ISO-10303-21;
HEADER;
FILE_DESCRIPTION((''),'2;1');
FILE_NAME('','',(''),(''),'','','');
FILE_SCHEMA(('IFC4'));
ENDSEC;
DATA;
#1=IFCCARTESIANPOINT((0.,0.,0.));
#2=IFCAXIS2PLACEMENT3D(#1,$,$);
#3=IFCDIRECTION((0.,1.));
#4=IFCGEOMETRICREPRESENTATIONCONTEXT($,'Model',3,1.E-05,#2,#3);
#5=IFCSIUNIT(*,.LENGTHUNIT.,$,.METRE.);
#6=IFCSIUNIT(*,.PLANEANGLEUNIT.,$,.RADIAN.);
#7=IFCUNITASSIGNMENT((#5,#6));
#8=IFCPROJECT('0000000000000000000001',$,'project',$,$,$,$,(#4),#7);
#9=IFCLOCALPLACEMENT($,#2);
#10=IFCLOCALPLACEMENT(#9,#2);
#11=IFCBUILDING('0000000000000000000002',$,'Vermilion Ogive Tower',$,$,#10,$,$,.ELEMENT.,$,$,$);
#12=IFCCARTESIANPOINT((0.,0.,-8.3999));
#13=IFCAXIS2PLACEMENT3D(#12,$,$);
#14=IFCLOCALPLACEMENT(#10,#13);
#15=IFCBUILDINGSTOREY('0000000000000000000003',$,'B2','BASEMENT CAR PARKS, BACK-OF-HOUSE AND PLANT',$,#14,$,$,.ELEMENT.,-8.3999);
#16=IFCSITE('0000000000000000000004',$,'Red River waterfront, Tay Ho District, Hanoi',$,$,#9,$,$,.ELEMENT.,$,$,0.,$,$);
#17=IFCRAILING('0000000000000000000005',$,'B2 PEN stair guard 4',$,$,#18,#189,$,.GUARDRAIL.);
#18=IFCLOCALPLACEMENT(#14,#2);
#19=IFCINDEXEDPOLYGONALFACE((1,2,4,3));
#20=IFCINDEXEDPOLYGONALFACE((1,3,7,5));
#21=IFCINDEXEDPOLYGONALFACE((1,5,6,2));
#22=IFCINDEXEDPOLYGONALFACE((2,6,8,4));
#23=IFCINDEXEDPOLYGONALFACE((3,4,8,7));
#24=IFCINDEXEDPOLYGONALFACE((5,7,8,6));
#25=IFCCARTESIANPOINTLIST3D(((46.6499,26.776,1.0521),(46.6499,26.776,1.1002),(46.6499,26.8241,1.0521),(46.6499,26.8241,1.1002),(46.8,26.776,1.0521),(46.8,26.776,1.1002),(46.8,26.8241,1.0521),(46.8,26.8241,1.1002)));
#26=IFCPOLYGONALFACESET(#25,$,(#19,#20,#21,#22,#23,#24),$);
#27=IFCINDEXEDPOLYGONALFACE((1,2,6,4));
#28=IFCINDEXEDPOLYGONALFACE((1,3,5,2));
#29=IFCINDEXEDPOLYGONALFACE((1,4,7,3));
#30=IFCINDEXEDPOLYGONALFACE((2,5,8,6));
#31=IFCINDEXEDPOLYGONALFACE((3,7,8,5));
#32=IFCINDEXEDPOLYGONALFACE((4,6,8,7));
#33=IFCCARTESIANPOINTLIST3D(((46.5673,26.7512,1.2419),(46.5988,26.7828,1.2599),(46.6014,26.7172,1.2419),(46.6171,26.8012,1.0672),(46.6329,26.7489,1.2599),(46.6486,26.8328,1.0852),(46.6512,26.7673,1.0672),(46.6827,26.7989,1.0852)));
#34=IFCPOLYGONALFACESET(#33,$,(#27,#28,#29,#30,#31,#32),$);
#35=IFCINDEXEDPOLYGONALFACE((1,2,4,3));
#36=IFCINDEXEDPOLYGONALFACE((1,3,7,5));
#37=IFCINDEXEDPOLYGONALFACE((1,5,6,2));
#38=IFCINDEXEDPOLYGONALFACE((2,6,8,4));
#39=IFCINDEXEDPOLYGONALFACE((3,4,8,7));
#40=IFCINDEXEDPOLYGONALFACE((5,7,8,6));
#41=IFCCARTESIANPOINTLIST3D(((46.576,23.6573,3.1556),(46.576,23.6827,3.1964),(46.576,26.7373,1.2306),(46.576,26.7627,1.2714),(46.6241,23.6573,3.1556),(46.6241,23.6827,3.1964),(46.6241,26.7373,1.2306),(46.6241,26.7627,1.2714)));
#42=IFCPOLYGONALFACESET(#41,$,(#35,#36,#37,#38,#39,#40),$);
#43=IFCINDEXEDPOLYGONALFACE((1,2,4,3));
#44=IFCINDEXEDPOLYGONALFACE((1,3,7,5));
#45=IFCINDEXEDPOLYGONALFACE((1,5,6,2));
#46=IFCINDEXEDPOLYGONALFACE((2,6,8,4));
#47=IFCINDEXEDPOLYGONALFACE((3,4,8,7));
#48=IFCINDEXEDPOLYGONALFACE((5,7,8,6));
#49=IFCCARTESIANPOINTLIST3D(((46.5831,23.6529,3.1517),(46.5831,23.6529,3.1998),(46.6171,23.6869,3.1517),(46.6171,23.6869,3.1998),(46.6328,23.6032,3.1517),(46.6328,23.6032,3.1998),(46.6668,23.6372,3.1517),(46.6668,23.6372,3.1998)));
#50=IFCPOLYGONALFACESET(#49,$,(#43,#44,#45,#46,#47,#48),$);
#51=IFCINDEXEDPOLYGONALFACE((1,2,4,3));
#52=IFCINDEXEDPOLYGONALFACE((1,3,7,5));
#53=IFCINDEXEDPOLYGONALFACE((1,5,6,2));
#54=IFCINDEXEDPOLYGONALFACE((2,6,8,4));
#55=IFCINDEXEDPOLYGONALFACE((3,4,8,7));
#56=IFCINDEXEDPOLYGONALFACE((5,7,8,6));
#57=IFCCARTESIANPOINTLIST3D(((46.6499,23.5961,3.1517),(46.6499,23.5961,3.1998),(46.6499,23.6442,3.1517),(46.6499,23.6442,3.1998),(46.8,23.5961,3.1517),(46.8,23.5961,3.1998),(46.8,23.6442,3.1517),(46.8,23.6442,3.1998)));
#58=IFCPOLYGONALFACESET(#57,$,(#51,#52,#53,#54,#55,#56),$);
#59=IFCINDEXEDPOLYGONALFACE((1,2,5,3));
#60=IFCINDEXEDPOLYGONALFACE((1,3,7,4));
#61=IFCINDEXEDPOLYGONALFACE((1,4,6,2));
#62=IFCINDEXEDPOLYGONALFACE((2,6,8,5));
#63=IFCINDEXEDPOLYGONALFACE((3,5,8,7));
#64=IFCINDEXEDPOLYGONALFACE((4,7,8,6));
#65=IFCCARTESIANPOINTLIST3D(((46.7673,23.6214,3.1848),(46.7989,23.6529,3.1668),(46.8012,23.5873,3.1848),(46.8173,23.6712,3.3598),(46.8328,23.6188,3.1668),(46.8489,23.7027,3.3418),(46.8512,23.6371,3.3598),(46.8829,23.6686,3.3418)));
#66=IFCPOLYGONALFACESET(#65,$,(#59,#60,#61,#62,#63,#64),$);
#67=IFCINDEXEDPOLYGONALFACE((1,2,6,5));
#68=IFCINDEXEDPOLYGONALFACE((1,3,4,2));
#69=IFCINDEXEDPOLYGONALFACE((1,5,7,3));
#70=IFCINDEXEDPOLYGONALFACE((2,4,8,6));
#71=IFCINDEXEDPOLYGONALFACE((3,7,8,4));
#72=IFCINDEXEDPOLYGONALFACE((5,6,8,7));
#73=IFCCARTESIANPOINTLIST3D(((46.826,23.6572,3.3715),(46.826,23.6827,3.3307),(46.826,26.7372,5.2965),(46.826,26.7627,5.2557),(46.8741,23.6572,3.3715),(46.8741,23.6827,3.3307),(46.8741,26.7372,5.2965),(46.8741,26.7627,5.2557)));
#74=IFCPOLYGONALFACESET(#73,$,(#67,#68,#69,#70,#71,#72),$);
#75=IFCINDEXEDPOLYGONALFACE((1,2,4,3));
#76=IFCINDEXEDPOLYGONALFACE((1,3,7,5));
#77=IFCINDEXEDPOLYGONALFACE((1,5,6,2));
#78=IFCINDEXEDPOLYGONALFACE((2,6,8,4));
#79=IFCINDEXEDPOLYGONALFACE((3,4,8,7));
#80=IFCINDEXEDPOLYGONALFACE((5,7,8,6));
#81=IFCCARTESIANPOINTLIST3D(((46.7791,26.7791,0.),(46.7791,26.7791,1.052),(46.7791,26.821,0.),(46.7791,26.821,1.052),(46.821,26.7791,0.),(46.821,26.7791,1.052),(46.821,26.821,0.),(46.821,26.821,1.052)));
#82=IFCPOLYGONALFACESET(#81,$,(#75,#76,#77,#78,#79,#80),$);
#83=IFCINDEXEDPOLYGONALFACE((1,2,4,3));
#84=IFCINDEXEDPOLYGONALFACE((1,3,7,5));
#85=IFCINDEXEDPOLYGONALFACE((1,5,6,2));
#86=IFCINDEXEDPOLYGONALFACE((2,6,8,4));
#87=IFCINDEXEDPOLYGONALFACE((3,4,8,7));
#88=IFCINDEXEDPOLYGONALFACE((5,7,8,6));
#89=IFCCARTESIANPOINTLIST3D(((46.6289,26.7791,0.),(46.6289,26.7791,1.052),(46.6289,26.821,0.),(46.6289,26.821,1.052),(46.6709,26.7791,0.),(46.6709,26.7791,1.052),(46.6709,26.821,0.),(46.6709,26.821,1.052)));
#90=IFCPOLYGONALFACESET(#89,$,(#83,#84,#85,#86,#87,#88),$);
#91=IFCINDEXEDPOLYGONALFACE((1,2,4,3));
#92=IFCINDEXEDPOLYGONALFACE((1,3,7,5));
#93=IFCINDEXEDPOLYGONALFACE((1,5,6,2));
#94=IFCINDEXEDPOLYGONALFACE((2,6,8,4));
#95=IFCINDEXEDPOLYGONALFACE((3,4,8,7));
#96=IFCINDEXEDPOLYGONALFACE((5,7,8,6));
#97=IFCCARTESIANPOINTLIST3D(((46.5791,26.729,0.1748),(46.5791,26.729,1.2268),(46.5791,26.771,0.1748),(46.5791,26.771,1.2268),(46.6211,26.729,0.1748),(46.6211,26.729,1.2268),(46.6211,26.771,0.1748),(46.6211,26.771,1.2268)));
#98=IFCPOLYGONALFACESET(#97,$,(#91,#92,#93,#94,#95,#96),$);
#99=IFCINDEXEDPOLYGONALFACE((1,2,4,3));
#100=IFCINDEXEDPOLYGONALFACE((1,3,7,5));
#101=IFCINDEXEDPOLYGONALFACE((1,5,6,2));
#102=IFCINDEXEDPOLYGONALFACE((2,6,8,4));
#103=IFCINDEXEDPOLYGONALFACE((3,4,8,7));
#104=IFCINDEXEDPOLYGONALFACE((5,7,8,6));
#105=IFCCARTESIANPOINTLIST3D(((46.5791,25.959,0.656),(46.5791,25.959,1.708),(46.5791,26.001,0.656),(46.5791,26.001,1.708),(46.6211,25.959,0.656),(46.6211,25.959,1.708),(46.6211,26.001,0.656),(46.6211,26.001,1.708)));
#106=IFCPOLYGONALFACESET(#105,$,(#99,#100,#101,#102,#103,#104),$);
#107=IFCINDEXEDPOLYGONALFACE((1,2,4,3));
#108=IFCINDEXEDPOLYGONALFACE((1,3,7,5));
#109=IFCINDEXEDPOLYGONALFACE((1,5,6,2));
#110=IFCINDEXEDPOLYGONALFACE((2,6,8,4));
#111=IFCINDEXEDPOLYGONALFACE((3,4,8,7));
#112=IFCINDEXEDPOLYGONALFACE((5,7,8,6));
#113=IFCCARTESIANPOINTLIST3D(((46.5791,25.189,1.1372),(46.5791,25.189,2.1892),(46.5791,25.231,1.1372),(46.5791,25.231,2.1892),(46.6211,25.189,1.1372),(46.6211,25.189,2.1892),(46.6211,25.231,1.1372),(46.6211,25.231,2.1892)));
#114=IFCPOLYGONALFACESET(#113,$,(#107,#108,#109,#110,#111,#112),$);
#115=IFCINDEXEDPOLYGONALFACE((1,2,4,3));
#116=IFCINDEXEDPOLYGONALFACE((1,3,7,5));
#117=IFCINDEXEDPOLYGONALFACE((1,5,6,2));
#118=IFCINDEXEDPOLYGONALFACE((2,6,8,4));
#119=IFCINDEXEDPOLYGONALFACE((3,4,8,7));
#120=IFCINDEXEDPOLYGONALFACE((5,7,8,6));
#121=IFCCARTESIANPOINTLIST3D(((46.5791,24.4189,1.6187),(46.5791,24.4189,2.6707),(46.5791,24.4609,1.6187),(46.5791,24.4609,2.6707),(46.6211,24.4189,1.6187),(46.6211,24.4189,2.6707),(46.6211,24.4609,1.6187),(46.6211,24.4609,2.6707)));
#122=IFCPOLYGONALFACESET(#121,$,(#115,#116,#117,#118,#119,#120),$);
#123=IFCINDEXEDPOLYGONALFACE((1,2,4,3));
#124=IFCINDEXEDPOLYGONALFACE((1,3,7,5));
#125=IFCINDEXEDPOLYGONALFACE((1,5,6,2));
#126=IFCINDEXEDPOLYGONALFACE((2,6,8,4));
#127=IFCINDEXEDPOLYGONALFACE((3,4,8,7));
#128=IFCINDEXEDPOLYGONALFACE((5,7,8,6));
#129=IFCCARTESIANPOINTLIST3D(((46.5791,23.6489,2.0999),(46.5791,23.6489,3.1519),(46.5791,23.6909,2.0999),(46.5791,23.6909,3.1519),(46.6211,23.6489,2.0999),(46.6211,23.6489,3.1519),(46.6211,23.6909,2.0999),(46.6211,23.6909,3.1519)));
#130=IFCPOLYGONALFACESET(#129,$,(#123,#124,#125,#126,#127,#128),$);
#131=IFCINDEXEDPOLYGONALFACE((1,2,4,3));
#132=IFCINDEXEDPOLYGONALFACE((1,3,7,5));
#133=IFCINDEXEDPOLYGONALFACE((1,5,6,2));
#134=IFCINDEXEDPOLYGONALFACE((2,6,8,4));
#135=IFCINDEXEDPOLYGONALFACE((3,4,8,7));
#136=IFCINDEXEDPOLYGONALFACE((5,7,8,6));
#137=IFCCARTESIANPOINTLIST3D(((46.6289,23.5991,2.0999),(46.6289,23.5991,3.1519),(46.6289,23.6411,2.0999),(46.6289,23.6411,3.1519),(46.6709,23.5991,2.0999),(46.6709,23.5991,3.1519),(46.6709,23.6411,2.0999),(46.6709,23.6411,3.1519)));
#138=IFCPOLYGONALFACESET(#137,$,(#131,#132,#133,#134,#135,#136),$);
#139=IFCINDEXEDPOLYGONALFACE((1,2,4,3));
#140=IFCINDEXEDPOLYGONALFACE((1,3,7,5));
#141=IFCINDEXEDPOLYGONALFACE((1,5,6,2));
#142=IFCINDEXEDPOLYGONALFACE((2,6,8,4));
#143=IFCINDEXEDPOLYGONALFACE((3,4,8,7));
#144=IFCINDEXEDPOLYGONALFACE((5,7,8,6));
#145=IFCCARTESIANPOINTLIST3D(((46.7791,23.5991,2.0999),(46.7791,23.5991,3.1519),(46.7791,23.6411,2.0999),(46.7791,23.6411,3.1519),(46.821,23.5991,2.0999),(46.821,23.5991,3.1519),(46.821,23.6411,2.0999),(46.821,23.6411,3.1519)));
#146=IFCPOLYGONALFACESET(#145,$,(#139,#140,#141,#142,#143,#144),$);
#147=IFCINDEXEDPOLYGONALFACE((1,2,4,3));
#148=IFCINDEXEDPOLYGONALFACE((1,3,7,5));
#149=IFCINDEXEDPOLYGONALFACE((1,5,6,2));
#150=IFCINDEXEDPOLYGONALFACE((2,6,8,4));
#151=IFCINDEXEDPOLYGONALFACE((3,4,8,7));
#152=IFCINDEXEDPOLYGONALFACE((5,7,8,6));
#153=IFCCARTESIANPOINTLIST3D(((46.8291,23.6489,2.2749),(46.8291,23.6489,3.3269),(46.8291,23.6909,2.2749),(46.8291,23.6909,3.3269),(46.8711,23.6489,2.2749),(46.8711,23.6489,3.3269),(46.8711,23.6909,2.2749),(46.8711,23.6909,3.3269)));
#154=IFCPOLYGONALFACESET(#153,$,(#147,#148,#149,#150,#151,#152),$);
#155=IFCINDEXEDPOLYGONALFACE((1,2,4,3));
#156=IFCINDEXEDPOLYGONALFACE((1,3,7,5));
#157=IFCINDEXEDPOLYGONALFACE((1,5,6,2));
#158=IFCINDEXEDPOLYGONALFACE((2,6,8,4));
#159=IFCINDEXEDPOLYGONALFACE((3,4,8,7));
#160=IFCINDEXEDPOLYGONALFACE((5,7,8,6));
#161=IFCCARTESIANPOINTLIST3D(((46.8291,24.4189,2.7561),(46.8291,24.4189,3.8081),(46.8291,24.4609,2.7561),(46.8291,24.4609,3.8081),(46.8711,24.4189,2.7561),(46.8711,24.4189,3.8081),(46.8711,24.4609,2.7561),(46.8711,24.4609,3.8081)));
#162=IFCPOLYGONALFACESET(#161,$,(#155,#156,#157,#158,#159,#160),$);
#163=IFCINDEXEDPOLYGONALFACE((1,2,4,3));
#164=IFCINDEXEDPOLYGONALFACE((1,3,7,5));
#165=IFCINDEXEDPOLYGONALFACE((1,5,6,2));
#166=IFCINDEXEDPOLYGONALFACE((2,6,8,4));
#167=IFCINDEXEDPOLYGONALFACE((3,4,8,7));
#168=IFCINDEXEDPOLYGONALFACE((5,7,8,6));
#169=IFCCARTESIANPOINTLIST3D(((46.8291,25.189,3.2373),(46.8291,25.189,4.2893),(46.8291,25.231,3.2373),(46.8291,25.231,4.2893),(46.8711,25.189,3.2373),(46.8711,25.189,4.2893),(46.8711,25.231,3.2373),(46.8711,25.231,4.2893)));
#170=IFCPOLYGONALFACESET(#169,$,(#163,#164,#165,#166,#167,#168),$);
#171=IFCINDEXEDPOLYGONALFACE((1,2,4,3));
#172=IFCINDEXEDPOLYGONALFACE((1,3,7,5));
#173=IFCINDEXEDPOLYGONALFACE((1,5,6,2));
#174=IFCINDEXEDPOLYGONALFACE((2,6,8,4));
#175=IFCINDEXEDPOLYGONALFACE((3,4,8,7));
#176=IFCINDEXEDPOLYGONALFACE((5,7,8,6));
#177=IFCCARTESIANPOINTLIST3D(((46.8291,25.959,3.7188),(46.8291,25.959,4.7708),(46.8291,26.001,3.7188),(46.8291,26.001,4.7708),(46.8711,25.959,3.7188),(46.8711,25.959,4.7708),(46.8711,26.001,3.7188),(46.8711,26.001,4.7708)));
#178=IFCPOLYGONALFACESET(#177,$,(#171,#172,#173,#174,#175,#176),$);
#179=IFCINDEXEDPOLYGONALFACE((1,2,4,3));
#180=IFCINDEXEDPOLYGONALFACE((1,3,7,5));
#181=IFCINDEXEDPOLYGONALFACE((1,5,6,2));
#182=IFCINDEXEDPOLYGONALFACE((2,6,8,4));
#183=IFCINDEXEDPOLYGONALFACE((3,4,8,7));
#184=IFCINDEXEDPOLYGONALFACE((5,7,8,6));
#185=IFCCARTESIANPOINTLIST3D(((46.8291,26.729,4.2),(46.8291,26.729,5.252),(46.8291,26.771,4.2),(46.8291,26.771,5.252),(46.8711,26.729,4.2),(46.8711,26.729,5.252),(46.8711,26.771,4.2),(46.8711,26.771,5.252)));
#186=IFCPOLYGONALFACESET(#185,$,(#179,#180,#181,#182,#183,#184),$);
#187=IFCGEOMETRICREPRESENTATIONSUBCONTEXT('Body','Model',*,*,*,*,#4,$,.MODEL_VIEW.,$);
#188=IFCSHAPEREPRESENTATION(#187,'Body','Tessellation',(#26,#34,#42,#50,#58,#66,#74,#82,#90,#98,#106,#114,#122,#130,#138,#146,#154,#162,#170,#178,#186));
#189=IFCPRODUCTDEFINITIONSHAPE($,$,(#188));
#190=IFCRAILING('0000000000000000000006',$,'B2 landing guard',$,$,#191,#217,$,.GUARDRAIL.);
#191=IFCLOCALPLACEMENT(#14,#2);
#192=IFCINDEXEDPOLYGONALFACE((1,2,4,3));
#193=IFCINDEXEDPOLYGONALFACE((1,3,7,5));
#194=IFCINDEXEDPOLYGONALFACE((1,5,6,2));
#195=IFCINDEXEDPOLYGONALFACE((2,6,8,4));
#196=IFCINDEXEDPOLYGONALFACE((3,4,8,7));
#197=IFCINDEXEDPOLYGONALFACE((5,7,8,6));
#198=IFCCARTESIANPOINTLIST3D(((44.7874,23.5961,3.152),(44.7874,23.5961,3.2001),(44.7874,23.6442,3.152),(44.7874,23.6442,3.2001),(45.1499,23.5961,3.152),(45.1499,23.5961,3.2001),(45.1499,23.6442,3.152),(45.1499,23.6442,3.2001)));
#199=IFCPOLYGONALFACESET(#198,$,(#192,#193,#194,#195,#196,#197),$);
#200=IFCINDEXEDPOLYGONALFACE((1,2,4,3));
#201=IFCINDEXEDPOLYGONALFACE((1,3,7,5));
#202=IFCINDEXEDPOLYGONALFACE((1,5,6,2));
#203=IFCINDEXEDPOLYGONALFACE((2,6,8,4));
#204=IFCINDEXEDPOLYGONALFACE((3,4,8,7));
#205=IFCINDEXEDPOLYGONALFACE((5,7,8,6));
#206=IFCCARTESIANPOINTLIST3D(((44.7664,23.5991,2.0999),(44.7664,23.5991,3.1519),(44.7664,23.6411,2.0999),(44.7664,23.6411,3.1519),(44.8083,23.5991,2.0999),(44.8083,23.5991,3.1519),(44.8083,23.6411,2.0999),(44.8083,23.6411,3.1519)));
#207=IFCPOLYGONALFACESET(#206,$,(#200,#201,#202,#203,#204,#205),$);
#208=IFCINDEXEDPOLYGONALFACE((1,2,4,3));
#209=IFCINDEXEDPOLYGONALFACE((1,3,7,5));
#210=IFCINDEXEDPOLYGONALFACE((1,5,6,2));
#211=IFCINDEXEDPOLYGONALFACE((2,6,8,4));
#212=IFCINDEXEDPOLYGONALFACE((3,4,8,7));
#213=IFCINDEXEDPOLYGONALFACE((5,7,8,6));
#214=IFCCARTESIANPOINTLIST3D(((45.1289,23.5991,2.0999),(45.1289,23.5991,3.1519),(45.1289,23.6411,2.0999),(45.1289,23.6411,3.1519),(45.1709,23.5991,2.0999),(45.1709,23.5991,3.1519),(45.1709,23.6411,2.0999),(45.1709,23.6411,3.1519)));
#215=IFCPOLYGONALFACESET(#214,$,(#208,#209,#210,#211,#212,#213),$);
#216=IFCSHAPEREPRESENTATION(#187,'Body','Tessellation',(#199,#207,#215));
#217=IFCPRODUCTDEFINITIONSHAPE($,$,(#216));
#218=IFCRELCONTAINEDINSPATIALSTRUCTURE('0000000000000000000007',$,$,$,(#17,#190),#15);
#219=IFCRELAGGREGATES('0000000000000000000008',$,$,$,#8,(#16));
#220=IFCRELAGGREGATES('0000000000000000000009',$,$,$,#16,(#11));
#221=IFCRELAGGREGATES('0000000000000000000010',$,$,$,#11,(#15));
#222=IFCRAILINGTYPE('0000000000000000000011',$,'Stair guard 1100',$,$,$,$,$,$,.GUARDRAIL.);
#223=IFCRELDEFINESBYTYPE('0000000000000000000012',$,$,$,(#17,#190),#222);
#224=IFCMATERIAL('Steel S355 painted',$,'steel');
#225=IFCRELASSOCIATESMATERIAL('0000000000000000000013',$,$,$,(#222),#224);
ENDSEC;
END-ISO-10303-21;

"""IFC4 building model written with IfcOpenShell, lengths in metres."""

from ifc_helpers import new_model, si_unit, direction, frame, origin, origin_2d, place, context, subcontext, project, spatial, rectangle, extrude, material, type_object, element, save


model = new_model("IFC4")

# Units and contexts
model_context = context("Model", 3, precision=1e-05, world=origin(), true_north=direction((0.0, 1.0)))
body_context = subcontext(model_context, "Body", "Model", "MODEL_VIEW")
ifc_project = project(units=[si_unit("LENGTHUNIT", "METRE"), si_unit("PLANEANGLEUNIT", "RADIAN")], contexts=[model_context])

# Site, building, storey
site_placement = place(None, origin())
site = spatial("IfcSite", under=ifc_project, at=site_placement, Name="Red River waterfront, Tay Ho District, Hanoi", CompositionType="ELEMENT", RefElevation=0.0)
building_placement = place(site_placement, origin())
building = spatial("IfcBuilding", under=site, at=building_placement, Name="Vermilion Ogive Tower", CompositionType="ELEMENT")
storey_placement = place(building_placement, frame((0.0, 0.0, -8.3999)))
storey = spatial("IfcBuildingStorey", under=building, at=storey_placement, Name="B2", Description="BASEMENT CAR PARKS, BACK-OF-HOUSE AND PLANT", CompositionType="ELEMENT", Elevation=-8.3999)

# Railings
ifc_material_1 = material(Name="Steel S355 painted", Category="steel")
railing_type_1 = type_object("IfcRailingType", Name="Stair guard 1100", PredefinedType="GUARDRAIL", material=ifc_material_1)
railing_1_placement = place(storey_placement, frame((46.8, 26.8, 0.0)))
element("IfcRailing", 1, at=railing_1_placement, inside=storey, type_object=railing_type_1, Name="B2 PEN stair guard 4", PredefinedType="GUARDRAIL", context=body_context, shape_type="SweptSolid", body=[
    extrude(rectangle(XDim=0.0481, YDim=0.0481, at=origin_2d()), frame((0.0, 0.0, 1.0762), z_axis=(-1.0, 0.0, 0.0), x_axis=(0.0, -1.0, 0.0)), (0.0, 0.0, 1.0), 0.1501),
    extrude(rectangle(XDim=0.0481, YDim=0.0481, at=origin_2d()), frame((-0.1501, 0.0, 1.0762), z_axis=(-0.264179, -0.265474, 0.927218), x_axis=(0.708834, -0.705376, 0.0)), (0.0, 0.0, 1.0), 0.1885),
    extrude(rectangle(XDim=0.0481, YDim=0.0481, at=origin_2d()), frame((-0.2, -0.05, 1.251), z_axis=(0.0, -0.847998, 0.529999), x_axis=(1.0, 0.0, 0.0)), (0.0, 0.0, 1.0), 3.6321),
    extrude(rectangle(XDim=0.0481, YDim=0.0481, at=origin_2d()), frame((-0.2, -3.1301, 3.1758), z_axis=(0.707107, -0.707107, 0.0), x_axis=(0.707107, 0.707107, 0.0)), (0.0, 0.0, 1.0), 0.0703),
    extrude(rectangle(XDim=0.0481, YDim=0.0481, at=origin_2d()), frame((-0.1501, -3.1799, 3.1758), z_axis=(1.0, 0.0, 0.0), x_axis=(0.0, 1.0, 0.0)), (0.0, 0.0, 1.0), 0.1501),
    extrude(rectangle(XDim=0.0481, YDim=0.0481, at=origin_2d()), frame((0.0, -3.1799, 3.1758), z_axis=(0.265156, 0.263862, 0.927399), x_axis=(-0.705376, 0.708834, 0.0)), (0.0, 0.0, 1.0), 0.1887),
    extrude(rectangle(XDim=0.0481, YDim=0.0481, at=origin_2d()), frame((0.05, -3.1301, 3.3511), z_axis=(0.0, 0.847998, 0.529999), x_axis=(-1.0, 0.0, 0.0)), (0.0, 0.0, 1.0), 3.6321),
    extrude(rectangle(XDim=0.042, YDim=0.042, at=origin_2d()), origin(), (0.0, 0.0, 1.0), 1.052),
    extrude(rectangle(XDim=0.042, YDim=0.042, at=origin_2d()), frame((-0.1501, 0.0, 0.0)), (0.0, 0.0, 1.0), 1.052),
    extrude(rectangle(XDim=0.042, YDim=0.042, at=origin_2d()), frame((-0.2, -0.05, 0.1748)), (0.0, 0.0, 1.0), 1.052),
    extrude(rectangle(XDim=0.042, YDim=0.042, at=origin_2d()), frame((-0.2, -0.8201, 0.656)), (0.0, 0.0, 1.0), 1.052),
    extrude(rectangle(XDim=0.042, YDim=0.042, at=origin_2d()), frame((-0.2, -1.5901, 1.1372)), (0.0, 0.0, 1.0), 1.052),
    extrude(rectangle(XDim=0.042, YDim=0.042, at=origin_2d()), frame((-0.2, -2.3601, 1.6187)), (0.0, 0.0, 1.0), 1.052),
    extrude(rectangle(XDim=0.042, YDim=0.042, at=origin_2d()), frame((-0.2, -3.1301, 2.0999)), (0.0, 0.0, 1.0), 1.052),
    extrude(rectangle(XDim=0.042, YDim=0.042, at=origin_2d()), frame((-0.1501, -3.1799, 2.0999)), (0.0, 0.0, 1.0), 1.052),
    extrude(rectangle(XDim=0.042, YDim=0.042, at=origin_2d()), frame((0.0, -3.1799, 2.0999)), (0.0, 0.0, 1.0), 1.052),
    extrude(rectangle(XDim=0.042, YDim=0.042, at=origin_2d()), frame((0.05, -3.1301, 2.2749)), (0.0, 0.0, 1.0), 1.052),
    extrude(rectangle(XDim=0.042, YDim=0.042, at=origin_2d()), frame((0.05, -2.3601, 2.7561)), (0.0, 0.0, 1.0), 1.052),
    extrude(rectangle(XDim=0.042, YDim=0.042, at=origin_2d()), frame((0.05, -1.5901, 3.2373)), (0.0, 0.0, 1.0), 1.052),
    extrude(rectangle(XDim=0.042, YDim=0.042, at=origin_2d()), frame((0.05, -0.8201, 3.7188)), (0.0, 0.0, 1.0), 1.052),
    extrude(rectangle(XDim=0.042, YDim=0.042, at=origin_2d()), frame((0.05, -0.05, 4.2)), (0.0, 0.0, 1.0), 1.052),
])
railing_2_placement = place(storey_placement, frame((44.7874, 23.6201, 2.0999)))
element("IfcRailing", 2, at=railing_2_placement, inside=storey, type_object=railing_type_1, Name="B2 landing guard", PredefinedType="GUARDRAIL", context=body_context, shape_type="SweptSolid", body=[
    extrude(rectangle(XDim=0.0481, YDim=0.0481, at=origin_2d()), frame((0.0, 0.0, 1.0762), z_axis=(1.0, 0.0, 0.0), x_axis=(0.0, 1.0, 0.0)), (0.0, 0.0, 1.0), 0.3625),
    extrude(rectangle(XDim=0.042, YDim=0.042, at=origin_2d()), origin(), (0.0, 0.0, 1.0), 1.052),
    extrude(rectangle(XDim=0.042, YDim=0.042, at=origin_2d()), frame((0.3625, 0.0, 0.0)), (0.0, 0.0, 1.0), 1.052),
])

save(model, "model.ifc")
